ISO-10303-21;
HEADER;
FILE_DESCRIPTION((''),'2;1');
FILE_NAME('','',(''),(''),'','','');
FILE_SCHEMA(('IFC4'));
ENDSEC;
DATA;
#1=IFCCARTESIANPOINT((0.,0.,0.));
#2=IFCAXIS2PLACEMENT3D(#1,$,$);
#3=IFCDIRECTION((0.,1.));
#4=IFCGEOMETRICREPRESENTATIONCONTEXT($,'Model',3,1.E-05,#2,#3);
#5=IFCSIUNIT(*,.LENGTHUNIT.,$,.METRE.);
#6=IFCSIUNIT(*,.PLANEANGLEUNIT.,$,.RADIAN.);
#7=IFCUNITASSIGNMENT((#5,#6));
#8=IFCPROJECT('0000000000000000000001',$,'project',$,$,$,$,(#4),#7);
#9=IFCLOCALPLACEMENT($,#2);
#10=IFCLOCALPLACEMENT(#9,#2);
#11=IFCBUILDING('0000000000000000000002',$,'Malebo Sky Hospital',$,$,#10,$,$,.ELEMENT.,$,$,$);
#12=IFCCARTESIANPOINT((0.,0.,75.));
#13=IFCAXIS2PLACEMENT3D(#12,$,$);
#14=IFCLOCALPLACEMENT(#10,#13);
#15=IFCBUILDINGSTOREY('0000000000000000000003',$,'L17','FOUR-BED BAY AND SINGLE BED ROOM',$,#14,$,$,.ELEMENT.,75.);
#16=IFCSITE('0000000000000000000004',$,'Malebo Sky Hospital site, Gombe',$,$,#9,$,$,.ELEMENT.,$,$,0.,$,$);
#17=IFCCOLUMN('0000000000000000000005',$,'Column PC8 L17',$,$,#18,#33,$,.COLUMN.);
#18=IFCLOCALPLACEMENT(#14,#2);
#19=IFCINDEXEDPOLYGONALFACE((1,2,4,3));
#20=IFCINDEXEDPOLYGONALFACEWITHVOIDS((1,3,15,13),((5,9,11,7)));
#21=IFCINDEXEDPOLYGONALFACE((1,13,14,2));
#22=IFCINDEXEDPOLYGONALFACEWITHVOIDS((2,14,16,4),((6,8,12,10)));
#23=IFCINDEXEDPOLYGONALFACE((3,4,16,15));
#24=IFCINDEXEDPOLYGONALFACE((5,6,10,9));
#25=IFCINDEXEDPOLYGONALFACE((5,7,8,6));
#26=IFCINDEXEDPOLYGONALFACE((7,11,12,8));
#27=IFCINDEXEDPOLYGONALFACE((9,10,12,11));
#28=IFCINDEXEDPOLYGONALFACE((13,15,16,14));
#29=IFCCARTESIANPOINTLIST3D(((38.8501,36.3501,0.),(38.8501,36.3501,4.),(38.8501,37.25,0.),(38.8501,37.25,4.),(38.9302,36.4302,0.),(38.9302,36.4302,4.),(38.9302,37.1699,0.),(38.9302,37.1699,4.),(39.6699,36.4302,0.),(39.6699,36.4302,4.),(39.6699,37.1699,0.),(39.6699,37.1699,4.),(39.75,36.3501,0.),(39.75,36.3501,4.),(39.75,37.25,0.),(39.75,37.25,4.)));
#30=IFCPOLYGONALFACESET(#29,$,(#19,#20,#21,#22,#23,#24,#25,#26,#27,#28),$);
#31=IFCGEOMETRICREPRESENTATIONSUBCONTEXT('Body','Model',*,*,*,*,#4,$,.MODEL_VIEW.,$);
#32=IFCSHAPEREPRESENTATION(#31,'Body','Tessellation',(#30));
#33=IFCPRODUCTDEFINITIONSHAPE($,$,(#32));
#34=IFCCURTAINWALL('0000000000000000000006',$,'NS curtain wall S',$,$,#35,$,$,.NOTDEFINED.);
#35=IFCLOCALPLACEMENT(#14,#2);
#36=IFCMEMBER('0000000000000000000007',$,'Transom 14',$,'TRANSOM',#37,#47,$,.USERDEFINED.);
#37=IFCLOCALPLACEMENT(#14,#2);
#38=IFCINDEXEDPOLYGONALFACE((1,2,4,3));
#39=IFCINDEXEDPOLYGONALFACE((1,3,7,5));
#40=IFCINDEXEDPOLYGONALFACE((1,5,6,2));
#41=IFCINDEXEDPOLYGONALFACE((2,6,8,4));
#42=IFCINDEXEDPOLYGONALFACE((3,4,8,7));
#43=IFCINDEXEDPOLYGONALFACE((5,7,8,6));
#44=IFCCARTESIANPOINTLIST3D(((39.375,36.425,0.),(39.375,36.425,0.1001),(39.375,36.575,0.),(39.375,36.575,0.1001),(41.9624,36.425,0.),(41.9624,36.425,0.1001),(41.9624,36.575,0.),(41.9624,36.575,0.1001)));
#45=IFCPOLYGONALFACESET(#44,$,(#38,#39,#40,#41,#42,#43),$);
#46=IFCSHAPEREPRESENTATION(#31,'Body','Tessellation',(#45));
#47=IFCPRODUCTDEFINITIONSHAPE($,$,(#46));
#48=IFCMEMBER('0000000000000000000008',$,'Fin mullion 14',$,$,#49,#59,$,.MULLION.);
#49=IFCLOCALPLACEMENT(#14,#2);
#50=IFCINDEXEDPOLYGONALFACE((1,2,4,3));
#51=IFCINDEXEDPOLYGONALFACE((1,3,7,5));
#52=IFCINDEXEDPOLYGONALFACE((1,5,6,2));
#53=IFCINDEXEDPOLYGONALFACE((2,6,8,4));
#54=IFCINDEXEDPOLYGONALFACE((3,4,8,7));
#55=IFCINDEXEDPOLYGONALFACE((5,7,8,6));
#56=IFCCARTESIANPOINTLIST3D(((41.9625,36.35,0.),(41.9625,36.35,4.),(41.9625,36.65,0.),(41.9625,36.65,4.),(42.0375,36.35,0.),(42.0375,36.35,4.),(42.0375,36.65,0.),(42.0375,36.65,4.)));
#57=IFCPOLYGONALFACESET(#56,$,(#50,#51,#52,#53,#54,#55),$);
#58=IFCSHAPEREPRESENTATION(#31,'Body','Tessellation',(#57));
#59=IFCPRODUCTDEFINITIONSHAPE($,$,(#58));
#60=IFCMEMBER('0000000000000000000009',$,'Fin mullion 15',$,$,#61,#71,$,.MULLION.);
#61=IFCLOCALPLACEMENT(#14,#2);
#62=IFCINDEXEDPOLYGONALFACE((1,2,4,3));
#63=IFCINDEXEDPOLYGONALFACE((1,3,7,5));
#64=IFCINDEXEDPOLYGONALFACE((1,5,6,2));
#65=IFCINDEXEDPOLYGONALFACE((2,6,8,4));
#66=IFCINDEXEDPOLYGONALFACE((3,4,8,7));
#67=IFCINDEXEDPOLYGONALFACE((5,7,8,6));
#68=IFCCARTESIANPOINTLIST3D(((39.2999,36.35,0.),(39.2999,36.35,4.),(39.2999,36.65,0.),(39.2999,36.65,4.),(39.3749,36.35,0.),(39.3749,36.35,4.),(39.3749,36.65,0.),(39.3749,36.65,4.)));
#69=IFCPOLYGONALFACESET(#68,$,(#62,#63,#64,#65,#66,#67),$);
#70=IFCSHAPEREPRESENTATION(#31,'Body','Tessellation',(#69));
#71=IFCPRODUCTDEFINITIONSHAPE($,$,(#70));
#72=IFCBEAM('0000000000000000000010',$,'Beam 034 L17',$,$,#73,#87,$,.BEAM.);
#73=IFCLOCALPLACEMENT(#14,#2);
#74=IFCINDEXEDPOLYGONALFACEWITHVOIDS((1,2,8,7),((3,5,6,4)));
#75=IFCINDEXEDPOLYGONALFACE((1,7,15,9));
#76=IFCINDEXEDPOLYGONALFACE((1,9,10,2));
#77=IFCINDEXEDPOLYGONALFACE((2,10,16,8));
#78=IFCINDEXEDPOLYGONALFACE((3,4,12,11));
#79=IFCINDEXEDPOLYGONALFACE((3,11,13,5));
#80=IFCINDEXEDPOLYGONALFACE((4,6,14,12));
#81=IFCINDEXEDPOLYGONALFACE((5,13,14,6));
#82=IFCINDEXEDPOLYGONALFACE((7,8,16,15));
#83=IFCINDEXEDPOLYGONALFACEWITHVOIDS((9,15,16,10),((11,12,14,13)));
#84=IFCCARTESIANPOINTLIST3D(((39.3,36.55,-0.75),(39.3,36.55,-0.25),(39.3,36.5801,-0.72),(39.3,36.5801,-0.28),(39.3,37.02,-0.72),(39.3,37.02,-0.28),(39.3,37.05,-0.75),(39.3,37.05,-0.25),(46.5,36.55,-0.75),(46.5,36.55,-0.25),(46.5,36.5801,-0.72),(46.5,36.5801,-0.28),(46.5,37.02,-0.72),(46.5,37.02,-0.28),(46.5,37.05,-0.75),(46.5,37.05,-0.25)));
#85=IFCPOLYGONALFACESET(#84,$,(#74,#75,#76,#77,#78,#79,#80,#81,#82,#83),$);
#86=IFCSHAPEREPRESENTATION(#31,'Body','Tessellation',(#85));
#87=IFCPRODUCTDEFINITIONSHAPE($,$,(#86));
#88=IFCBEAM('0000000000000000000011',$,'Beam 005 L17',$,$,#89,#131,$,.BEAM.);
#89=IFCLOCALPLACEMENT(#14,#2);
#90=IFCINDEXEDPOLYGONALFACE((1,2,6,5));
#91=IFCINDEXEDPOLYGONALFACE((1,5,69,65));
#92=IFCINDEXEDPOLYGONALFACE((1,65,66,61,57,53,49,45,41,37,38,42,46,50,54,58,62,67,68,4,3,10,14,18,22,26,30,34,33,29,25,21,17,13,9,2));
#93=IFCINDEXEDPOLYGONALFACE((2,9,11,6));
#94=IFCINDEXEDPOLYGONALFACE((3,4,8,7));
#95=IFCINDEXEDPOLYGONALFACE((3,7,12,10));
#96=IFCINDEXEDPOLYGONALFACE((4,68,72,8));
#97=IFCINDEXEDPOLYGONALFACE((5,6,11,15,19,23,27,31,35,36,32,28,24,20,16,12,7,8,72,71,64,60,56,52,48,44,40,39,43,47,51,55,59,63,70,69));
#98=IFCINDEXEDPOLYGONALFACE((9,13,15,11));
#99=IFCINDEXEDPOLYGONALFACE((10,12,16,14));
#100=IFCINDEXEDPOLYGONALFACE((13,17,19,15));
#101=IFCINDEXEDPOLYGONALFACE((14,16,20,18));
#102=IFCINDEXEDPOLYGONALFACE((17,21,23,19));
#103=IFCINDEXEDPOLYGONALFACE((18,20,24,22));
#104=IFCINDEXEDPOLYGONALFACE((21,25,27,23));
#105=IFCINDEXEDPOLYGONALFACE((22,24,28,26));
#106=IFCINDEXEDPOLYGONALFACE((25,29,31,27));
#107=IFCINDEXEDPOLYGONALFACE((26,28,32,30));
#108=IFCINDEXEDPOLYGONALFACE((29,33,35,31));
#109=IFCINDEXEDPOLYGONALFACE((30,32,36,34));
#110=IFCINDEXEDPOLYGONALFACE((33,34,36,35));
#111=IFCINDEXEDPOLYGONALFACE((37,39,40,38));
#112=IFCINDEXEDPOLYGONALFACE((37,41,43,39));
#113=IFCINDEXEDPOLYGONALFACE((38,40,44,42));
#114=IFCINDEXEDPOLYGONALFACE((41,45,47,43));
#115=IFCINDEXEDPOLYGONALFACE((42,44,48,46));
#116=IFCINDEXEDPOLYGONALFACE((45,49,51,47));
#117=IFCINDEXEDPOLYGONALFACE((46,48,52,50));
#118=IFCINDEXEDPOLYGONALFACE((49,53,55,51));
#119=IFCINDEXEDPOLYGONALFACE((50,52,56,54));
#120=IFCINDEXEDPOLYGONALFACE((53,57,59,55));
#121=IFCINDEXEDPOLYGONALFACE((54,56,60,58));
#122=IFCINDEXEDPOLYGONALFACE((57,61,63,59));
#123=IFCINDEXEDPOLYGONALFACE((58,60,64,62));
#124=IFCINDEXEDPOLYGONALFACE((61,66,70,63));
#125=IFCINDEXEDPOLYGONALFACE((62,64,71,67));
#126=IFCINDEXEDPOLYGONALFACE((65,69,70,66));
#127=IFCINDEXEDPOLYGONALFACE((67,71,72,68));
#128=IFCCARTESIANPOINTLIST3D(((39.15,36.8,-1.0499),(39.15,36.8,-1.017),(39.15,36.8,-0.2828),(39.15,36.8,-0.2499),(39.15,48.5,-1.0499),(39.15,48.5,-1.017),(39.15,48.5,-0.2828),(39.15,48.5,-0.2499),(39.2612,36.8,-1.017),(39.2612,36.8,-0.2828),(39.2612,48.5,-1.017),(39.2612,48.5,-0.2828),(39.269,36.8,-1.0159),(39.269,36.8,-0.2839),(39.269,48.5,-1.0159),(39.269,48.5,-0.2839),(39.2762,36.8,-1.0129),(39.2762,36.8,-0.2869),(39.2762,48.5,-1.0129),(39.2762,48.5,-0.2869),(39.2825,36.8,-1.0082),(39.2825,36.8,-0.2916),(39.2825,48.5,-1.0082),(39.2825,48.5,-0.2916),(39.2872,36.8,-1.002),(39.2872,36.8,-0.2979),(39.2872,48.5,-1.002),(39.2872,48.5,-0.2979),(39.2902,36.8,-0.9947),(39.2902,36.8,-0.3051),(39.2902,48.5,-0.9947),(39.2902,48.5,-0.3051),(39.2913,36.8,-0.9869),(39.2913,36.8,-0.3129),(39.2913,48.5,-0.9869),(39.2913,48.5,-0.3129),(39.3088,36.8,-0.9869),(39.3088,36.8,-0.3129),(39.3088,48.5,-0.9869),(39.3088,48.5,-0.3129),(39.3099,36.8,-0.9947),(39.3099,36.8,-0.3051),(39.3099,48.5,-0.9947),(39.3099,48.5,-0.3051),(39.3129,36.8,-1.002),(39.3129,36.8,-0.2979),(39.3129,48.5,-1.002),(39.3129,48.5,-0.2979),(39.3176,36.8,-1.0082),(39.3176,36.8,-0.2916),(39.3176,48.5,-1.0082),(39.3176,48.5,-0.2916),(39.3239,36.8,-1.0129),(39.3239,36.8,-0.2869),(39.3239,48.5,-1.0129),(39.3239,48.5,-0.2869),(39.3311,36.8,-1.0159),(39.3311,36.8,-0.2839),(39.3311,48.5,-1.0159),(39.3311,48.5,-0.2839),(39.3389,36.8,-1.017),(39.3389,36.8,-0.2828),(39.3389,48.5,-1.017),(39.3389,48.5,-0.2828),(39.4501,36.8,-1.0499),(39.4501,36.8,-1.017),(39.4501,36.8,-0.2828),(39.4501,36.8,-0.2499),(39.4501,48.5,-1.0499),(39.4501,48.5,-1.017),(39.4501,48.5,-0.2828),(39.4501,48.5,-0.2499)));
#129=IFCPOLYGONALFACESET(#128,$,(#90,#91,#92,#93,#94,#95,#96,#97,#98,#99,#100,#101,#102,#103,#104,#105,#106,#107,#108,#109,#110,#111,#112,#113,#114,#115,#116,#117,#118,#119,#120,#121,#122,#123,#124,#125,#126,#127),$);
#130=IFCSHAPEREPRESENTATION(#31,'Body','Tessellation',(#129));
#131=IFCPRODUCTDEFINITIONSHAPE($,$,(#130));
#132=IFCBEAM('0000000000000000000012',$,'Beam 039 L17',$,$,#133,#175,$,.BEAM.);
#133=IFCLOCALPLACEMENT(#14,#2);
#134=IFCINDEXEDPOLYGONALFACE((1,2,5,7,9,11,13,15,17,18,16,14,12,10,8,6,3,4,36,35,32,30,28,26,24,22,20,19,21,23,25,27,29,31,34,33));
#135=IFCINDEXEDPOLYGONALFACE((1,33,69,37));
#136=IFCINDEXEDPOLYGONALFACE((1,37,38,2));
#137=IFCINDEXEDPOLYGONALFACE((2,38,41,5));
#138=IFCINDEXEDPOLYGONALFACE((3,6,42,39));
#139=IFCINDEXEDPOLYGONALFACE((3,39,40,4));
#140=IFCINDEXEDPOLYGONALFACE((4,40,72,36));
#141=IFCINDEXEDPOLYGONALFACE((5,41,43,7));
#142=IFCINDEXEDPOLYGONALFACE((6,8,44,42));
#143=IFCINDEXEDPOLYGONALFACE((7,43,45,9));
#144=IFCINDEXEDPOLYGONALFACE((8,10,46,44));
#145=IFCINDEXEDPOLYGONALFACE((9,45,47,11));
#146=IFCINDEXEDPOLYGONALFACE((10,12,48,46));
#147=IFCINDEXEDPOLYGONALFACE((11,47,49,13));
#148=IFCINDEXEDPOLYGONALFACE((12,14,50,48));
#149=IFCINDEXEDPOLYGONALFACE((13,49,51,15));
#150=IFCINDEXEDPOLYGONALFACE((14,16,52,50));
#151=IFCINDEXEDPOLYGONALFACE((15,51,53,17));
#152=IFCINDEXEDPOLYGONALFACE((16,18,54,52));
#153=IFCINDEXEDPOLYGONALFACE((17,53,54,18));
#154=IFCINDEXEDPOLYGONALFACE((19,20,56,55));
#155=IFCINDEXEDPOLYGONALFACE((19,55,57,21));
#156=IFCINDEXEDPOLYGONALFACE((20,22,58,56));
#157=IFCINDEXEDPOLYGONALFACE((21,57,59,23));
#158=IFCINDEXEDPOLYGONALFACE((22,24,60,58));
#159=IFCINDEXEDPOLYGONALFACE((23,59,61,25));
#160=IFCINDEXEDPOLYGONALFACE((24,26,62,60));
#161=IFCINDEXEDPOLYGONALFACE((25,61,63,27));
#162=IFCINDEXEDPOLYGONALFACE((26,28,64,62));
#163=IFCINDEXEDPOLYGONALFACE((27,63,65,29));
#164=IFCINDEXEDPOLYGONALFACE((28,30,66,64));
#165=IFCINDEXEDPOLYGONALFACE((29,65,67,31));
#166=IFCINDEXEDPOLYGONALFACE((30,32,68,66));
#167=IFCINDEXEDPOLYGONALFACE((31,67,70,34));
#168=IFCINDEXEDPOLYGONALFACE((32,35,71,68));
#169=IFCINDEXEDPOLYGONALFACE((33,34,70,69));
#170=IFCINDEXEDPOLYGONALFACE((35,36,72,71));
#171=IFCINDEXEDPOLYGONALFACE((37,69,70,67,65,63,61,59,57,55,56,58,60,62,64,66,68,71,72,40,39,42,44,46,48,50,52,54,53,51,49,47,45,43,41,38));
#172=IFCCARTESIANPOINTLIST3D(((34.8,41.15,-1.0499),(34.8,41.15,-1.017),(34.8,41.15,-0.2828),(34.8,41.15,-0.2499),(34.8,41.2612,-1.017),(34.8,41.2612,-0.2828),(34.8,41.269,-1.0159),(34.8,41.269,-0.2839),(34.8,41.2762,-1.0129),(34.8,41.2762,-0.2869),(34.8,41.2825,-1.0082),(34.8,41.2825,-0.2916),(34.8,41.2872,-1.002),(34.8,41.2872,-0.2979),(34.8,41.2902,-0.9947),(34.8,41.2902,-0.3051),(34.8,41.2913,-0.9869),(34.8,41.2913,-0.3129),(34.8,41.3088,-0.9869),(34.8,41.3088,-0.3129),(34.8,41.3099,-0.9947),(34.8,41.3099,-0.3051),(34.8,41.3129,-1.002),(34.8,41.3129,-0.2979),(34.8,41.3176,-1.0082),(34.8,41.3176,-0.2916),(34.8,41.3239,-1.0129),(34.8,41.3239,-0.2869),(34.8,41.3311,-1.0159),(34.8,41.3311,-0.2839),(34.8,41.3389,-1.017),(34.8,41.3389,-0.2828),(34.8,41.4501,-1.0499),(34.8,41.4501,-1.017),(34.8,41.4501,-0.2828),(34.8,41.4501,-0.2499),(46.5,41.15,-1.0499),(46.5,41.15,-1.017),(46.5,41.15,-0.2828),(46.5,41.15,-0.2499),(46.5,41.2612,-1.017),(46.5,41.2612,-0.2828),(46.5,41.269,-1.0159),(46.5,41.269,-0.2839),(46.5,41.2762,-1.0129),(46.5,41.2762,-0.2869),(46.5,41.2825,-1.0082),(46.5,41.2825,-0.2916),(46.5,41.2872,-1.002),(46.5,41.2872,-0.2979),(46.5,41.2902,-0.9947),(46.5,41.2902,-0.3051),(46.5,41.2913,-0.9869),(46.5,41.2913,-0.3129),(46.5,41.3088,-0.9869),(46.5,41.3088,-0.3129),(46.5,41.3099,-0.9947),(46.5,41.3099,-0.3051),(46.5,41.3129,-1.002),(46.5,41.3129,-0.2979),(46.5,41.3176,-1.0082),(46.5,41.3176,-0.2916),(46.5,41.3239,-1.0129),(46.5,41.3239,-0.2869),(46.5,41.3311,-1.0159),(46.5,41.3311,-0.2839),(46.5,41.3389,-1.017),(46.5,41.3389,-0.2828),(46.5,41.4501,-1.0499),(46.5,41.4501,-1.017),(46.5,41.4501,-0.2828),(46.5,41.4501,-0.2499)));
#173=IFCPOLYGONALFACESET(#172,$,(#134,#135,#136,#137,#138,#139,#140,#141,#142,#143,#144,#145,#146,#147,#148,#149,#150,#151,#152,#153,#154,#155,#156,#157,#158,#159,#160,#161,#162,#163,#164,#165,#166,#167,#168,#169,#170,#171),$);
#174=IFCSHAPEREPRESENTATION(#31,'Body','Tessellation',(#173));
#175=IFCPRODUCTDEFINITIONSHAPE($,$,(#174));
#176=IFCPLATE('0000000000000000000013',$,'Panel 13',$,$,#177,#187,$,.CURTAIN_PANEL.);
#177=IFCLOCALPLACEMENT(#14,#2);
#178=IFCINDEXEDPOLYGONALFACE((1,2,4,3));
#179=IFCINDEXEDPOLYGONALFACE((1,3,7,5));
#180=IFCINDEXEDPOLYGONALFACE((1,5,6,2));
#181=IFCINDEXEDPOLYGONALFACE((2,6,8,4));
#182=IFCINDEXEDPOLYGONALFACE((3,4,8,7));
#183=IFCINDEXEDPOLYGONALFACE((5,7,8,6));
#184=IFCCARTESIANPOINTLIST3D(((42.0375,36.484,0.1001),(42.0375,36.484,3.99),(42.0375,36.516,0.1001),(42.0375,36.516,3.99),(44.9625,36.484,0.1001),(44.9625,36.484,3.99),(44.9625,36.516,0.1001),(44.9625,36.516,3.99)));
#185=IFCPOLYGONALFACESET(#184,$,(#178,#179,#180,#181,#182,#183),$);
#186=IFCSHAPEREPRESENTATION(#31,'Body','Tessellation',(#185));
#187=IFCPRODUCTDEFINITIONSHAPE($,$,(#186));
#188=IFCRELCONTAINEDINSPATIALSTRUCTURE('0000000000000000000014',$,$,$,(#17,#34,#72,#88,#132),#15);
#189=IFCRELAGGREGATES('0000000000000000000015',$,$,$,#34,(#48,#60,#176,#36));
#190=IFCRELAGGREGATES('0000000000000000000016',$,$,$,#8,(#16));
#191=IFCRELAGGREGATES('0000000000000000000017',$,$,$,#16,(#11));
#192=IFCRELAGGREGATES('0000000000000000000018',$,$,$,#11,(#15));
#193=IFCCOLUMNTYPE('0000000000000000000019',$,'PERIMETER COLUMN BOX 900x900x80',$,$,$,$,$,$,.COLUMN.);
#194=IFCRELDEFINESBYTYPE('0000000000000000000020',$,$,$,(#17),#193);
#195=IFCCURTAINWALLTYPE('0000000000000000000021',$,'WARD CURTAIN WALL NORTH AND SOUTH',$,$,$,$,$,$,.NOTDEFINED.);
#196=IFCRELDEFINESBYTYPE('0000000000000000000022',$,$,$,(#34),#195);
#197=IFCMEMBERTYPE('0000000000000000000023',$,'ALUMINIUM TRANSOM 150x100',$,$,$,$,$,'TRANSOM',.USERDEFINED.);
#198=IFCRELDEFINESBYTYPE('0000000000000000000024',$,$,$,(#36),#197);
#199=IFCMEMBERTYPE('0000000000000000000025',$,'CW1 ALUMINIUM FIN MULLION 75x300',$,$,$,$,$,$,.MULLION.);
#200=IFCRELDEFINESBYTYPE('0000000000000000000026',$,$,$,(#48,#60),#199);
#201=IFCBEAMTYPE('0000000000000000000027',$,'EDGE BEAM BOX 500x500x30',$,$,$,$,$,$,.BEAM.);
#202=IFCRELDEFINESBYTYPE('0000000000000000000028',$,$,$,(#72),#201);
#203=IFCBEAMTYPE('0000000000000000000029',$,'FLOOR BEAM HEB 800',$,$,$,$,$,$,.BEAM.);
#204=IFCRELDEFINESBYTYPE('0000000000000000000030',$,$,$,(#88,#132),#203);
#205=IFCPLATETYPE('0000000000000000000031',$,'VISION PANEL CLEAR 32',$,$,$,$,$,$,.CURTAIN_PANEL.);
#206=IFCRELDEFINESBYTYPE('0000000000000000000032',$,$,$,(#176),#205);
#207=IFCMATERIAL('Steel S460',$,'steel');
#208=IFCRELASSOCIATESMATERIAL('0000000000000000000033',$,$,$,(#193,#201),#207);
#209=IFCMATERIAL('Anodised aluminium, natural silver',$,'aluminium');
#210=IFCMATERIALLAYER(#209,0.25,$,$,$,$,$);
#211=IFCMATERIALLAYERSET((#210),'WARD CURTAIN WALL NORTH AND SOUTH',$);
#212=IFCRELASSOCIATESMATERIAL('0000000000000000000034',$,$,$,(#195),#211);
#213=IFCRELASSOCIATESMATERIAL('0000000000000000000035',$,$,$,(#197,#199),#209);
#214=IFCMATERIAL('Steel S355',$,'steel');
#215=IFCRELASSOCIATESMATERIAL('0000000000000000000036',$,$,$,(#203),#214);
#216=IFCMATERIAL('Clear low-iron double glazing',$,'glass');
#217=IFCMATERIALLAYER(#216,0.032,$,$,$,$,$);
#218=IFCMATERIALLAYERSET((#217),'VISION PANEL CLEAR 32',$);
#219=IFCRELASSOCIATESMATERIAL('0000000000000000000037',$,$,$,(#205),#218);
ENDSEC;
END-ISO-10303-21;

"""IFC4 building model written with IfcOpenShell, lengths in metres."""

from ifc_helpers import new_model, si_unit, direction, frame, origin, origin_2d, place, context, subcontext, project, spatial, rectangle, hollow_rectangle, i_section, extrude, material, layer, layer_set, material_profile, profile_set, type_object, element, aggregate, save


model = new_model("IFC4")

# Units and contexts
model_context = context("Model", 3, precision=1e-05, world=origin(), true_north=direction((0.0, 1.0)))
body_context = subcontext(model_context, "Body", "Model", "MODEL_VIEW")
ifc_project = project(units=[si_unit("LENGTHUNIT", "METRE"), si_unit("PLANEANGLEUNIT", "RADIAN")], contexts=[model_context])

# Site, building, storey
site_placement = place(None, origin())
site = spatial("IfcSite", under=ifc_project, at=site_placement, Name="Malebo Sky Hospital site, Gombe", CompositionType="ELEMENT", RefElevation=0.0)
building_placement = place(site_placement, origin())
building = spatial("IfcBuilding", under=site, at=building_placement, Name="Malebo Sky Hospital", CompositionType="ELEMENT")
storey_placement = place(building_placement, frame((0.0, 0.0, 75.0)))
storey = spatial("IfcBuildingStorey", under=building, at=storey_placement, Name="L17", Description="FOUR-BED BAY AND SINGLE BED ROOM", CompositionType="ELEMENT", Elevation=75.0)

# Column
ifc_material_1 = material(Name="Steel S460", Category="steel")
ifc_material_profile_1 = material_profile(ifc_material_1, hollow_rectangle(XDim=0.8999, YDim=0.8999, WallThickness=0.0801, at=origin_2d()), Name="BOX 900x900x80")
ifc_profile_set_1 = profile_set([ifc_material_profile_1], Name="Steel S460")
column_type = type_object("IfcColumnType", Name="PERIMETER COLUMN BOX 900x900x80", PredefinedType="COLUMN", material=ifc_profile_set_1)
column_placement = place(storey_placement, frame((39.3, 36.8, 0.0), z_axis=(0.0, 0.0, 1.0), x_axis=(1.0, 0.0, 0.0)))
element("IfcColumn", 1, at=column_placement, inside=storey, type_object=column_type, Name="Column PC8 L17", PredefinedType="COLUMN", context=body_context, shape_type="SweptSolid", body=[
    extrude(hollow_rectangle(XDim=0.8999, YDim=0.8999, WallThickness=0.0801, at=origin_2d()), origin(), (0.0, 0.0, 1.0), 4.0),
])

# Curtain wall, members
ifc_material_2 = material(Name="Anodised aluminium, natural silver", Category="aluminium")
ifc_layer_1 = layer(ifc_material_2, 0.25)
ifc_layer_set_1 = layer_set([ifc_layer_1], Name="WARD CURTAIN WALL NORTH AND SOUTH")
curtain_wall_type = type_object("IfcCurtainWallType", Name="WARD CURTAIN WALL NORTH AND SOUTH", PredefinedType="NOTDEFINED", material=ifc_layer_set_1)
curtain_wall_placement = place(storey_placement, origin())
curtain_wall = element("IfcCurtainWall", 2, at=curtain_wall_placement, inside=storey, type_object=curtain_wall_type, Name="NS curtain wall S", PredefinedType="NOTDEFINED")
ifc_material_profile_2 = material_profile(ifc_material_2, rectangle(XDim=0.1499, YDim=0.1001, at=origin_2d()), Name="ALUMINIUM TRANSOM 150x100")
ifc_profile_set_2 = profile_set([ifc_material_profile_2], Name="Anodised aluminium, natural silver")
member_type_1 = type_object("IfcMemberType", Name="ALUMINIUM TRANSOM 150x100", ElementType="TRANSOM", PredefinedType="USERDEFINED", material=ifc_profile_set_2)
member_1_placement = place(storey_placement, frame((41.9624, 36.5, 0.05), z_axis=(-1.0, 0.0, 0.0), x_axis=(0.0, -1.0, 0.0)))
member_1 = element("IfcMember", 3, at=member_1_placement, type_object=member_type_1, Name="Transom 14", ObjectType="TRANSOM", PredefinedType="USERDEFINED", context=body_context, shape_type="SweptSolid", body=[
    extrude(rectangle(XDim=0.1499, YDim=0.1001, at=origin_2d()), origin(), (0.0, 0.0, 1.0), 2.5874),
])
ifc_material_profile_3 = material_profile(ifc_material_2, rectangle(XDim=0.075, YDim=0.3, at=origin_2d()), Name="CW1 ALUMINIUM FIN MULLION 75x300")
ifc_profile_set_3 = profile_set([ifc_material_profile_3], Name="Anodised aluminium, natural silver")
member_type_2 = type_object("IfcMemberType", Name="CW1 ALUMINIUM FIN MULLION 75x300", PredefinedType="MULLION", material=ifc_profile_set_3)
member_2_placement = place(storey_placement, frame((42.0, 36.5, 0.0), z_axis=(0.0, 0.0, 1.0), x_axis=(-1.0, 0.0, 0.0)))
member_2 = element("IfcMember", 4, at=member_2_placement, type_object=member_type_2, Name="Fin mullion 14", PredefinedType="MULLION", context=body_context, shape_type="SweptSolid", body=[
    extrude(rectangle(XDim=0.075, YDim=0.3, at=origin_2d()), origin(), (0.0, 0.0, 1.0), 4.0),
])
member_3_placement = place(storey_placement, frame((39.3374, 36.5, 0.0), z_axis=(0.0, 0.0, 1.0), x_axis=(-1.0, 0.0, 0.0)))
member_3 = element("IfcMember", 5, at=member_3_placement, type_object=member_type_2, Name="Fin mullion 15", PredefinedType="MULLION", context=body_context, shape_type="SweptSolid", body=[
    extrude(rectangle(XDim=0.075, YDim=0.3, at=origin_2d()), origin(), (0.0, 0.0, 1.0), 4.0),
])

# Beams
ifc_material_profile_4 = material_profile(ifc_material_1, hollow_rectangle(XDim=0.5, YDim=0.5, WallThickness=0.03, at=origin_2d()), Name="BOX 500x500x30")
ifc_profile_set_4 = profile_set([ifc_material_profile_4], Name="Steel S460")
beam_type_1 = type_object("IfcBeamType", Name="EDGE BEAM BOX 500x500x30", PredefinedType="BEAM", material=ifc_profile_set_4)
beam_placement = place(storey_placement, frame((39.3, 36.8, -0.5), z_axis=(1.0, 0.0, 0.0), x_axis=(0.0, 1.0, 0.0)))
element("IfcBeam", 6, at=beam_placement, inside=storey, type_object=beam_type_1, Name="Beam 034 L17", PredefinedType="BEAM", context=body_context, shape_type="SweptSolid", body=[
    extrude(hollow_rectangle(XDim=0.5, YDim=0.5, WallThickness=0.03, at=origin_2d()), origin(), (0.0, 0.0, 1.0), 7.2),
])
ifc_material_3 = material(Name="Steel S355", Category="steel")
ifc_material_profile_5 = material_profile(ifc_material_3, i_section(OverallWidth=0.3, OverallDepth=0.8, WebThickness=0.0176, FlangeThickness=0.033, FilletRadius=0.03, at=origin_2d()), Name="HEB 800")
ifc_profile_set_5 = profile_set([ifc_material_profile_5], Name="Steel S355")
beam_type_2 = type_object("IfcBeamType", Name="FLOOR BEAM HEB 800", PredefinedType="BEAM", material=ifc_profile_set_5)
for number, where, z_axis, x_axis, name in (
    (7, (39.3, 36.8, -0.6499), (0.0, 1.0, 0.0), (-1.0, 0.0, 0.0), "Beam 005 L17"),
    (8, (34.8, 41.3, -0.6499), (1.0, 0.0, 0.0), (0.0, 1.0, 0.0), "Beam 039 L17"),
):
    element("IfcBeam", number, at=place(storey_placement, frame(where, z_axis=z_axis, x_axis=x_axis)), inside=storey, type_object=beam_type_2, Name=name, PredefinedType="BEAM", context=body_context, shape_type="SweptSolid", body=[
        extrude(i_section(OverallWidth=0.3, OverallDepth=0.8, WebThickness=0.0176, FlangeThickness=0.033, FilletRadius=0.03, at=origin_2d()), origin(), (0.0, 0.0, 1.0), 11.7),
    ])

# Plate
ifc_material_4 = material(Name="Clear low-iron double glazing", Category="glass")
ifc_layer_2 = layer(ifc_material_4, 0.032)
ifc_layer_set_2 = layer_set([ifc_layer_2], Name="VISION PANEL CLEAR 32")
plate_type = type_object("IfcPlateType", Name="VISION PANEL CLEAR 32", PredefinedType="CURTAIN_PANEL", material=ifc_layer_set_2)
plate_1_placement = place(storey_placement, frame((43.5, 36.5, 0.1001), z_axis=(0.0, 0.0, 1.0), x_axis=(-1.0, 0.0, 0.0)))
plate_1 = element("IfcPlate", 9, at=plate_1_placement, type_object=plate_type, Name="Panel 13", PredefinedType="CURTAIN_PANEL", context=body_context, shape_type="SweptSolid", body=[
    extrude(rectangle(XDim=2.925, YDim=0.032, at=origin_2d()), origin(), (0.0, 0.0, 1.0), 3.8899),
])
aggregate(curtain_wall, [member_2, member_3, plate_1, member_1])

save(model, "model.ifc")
